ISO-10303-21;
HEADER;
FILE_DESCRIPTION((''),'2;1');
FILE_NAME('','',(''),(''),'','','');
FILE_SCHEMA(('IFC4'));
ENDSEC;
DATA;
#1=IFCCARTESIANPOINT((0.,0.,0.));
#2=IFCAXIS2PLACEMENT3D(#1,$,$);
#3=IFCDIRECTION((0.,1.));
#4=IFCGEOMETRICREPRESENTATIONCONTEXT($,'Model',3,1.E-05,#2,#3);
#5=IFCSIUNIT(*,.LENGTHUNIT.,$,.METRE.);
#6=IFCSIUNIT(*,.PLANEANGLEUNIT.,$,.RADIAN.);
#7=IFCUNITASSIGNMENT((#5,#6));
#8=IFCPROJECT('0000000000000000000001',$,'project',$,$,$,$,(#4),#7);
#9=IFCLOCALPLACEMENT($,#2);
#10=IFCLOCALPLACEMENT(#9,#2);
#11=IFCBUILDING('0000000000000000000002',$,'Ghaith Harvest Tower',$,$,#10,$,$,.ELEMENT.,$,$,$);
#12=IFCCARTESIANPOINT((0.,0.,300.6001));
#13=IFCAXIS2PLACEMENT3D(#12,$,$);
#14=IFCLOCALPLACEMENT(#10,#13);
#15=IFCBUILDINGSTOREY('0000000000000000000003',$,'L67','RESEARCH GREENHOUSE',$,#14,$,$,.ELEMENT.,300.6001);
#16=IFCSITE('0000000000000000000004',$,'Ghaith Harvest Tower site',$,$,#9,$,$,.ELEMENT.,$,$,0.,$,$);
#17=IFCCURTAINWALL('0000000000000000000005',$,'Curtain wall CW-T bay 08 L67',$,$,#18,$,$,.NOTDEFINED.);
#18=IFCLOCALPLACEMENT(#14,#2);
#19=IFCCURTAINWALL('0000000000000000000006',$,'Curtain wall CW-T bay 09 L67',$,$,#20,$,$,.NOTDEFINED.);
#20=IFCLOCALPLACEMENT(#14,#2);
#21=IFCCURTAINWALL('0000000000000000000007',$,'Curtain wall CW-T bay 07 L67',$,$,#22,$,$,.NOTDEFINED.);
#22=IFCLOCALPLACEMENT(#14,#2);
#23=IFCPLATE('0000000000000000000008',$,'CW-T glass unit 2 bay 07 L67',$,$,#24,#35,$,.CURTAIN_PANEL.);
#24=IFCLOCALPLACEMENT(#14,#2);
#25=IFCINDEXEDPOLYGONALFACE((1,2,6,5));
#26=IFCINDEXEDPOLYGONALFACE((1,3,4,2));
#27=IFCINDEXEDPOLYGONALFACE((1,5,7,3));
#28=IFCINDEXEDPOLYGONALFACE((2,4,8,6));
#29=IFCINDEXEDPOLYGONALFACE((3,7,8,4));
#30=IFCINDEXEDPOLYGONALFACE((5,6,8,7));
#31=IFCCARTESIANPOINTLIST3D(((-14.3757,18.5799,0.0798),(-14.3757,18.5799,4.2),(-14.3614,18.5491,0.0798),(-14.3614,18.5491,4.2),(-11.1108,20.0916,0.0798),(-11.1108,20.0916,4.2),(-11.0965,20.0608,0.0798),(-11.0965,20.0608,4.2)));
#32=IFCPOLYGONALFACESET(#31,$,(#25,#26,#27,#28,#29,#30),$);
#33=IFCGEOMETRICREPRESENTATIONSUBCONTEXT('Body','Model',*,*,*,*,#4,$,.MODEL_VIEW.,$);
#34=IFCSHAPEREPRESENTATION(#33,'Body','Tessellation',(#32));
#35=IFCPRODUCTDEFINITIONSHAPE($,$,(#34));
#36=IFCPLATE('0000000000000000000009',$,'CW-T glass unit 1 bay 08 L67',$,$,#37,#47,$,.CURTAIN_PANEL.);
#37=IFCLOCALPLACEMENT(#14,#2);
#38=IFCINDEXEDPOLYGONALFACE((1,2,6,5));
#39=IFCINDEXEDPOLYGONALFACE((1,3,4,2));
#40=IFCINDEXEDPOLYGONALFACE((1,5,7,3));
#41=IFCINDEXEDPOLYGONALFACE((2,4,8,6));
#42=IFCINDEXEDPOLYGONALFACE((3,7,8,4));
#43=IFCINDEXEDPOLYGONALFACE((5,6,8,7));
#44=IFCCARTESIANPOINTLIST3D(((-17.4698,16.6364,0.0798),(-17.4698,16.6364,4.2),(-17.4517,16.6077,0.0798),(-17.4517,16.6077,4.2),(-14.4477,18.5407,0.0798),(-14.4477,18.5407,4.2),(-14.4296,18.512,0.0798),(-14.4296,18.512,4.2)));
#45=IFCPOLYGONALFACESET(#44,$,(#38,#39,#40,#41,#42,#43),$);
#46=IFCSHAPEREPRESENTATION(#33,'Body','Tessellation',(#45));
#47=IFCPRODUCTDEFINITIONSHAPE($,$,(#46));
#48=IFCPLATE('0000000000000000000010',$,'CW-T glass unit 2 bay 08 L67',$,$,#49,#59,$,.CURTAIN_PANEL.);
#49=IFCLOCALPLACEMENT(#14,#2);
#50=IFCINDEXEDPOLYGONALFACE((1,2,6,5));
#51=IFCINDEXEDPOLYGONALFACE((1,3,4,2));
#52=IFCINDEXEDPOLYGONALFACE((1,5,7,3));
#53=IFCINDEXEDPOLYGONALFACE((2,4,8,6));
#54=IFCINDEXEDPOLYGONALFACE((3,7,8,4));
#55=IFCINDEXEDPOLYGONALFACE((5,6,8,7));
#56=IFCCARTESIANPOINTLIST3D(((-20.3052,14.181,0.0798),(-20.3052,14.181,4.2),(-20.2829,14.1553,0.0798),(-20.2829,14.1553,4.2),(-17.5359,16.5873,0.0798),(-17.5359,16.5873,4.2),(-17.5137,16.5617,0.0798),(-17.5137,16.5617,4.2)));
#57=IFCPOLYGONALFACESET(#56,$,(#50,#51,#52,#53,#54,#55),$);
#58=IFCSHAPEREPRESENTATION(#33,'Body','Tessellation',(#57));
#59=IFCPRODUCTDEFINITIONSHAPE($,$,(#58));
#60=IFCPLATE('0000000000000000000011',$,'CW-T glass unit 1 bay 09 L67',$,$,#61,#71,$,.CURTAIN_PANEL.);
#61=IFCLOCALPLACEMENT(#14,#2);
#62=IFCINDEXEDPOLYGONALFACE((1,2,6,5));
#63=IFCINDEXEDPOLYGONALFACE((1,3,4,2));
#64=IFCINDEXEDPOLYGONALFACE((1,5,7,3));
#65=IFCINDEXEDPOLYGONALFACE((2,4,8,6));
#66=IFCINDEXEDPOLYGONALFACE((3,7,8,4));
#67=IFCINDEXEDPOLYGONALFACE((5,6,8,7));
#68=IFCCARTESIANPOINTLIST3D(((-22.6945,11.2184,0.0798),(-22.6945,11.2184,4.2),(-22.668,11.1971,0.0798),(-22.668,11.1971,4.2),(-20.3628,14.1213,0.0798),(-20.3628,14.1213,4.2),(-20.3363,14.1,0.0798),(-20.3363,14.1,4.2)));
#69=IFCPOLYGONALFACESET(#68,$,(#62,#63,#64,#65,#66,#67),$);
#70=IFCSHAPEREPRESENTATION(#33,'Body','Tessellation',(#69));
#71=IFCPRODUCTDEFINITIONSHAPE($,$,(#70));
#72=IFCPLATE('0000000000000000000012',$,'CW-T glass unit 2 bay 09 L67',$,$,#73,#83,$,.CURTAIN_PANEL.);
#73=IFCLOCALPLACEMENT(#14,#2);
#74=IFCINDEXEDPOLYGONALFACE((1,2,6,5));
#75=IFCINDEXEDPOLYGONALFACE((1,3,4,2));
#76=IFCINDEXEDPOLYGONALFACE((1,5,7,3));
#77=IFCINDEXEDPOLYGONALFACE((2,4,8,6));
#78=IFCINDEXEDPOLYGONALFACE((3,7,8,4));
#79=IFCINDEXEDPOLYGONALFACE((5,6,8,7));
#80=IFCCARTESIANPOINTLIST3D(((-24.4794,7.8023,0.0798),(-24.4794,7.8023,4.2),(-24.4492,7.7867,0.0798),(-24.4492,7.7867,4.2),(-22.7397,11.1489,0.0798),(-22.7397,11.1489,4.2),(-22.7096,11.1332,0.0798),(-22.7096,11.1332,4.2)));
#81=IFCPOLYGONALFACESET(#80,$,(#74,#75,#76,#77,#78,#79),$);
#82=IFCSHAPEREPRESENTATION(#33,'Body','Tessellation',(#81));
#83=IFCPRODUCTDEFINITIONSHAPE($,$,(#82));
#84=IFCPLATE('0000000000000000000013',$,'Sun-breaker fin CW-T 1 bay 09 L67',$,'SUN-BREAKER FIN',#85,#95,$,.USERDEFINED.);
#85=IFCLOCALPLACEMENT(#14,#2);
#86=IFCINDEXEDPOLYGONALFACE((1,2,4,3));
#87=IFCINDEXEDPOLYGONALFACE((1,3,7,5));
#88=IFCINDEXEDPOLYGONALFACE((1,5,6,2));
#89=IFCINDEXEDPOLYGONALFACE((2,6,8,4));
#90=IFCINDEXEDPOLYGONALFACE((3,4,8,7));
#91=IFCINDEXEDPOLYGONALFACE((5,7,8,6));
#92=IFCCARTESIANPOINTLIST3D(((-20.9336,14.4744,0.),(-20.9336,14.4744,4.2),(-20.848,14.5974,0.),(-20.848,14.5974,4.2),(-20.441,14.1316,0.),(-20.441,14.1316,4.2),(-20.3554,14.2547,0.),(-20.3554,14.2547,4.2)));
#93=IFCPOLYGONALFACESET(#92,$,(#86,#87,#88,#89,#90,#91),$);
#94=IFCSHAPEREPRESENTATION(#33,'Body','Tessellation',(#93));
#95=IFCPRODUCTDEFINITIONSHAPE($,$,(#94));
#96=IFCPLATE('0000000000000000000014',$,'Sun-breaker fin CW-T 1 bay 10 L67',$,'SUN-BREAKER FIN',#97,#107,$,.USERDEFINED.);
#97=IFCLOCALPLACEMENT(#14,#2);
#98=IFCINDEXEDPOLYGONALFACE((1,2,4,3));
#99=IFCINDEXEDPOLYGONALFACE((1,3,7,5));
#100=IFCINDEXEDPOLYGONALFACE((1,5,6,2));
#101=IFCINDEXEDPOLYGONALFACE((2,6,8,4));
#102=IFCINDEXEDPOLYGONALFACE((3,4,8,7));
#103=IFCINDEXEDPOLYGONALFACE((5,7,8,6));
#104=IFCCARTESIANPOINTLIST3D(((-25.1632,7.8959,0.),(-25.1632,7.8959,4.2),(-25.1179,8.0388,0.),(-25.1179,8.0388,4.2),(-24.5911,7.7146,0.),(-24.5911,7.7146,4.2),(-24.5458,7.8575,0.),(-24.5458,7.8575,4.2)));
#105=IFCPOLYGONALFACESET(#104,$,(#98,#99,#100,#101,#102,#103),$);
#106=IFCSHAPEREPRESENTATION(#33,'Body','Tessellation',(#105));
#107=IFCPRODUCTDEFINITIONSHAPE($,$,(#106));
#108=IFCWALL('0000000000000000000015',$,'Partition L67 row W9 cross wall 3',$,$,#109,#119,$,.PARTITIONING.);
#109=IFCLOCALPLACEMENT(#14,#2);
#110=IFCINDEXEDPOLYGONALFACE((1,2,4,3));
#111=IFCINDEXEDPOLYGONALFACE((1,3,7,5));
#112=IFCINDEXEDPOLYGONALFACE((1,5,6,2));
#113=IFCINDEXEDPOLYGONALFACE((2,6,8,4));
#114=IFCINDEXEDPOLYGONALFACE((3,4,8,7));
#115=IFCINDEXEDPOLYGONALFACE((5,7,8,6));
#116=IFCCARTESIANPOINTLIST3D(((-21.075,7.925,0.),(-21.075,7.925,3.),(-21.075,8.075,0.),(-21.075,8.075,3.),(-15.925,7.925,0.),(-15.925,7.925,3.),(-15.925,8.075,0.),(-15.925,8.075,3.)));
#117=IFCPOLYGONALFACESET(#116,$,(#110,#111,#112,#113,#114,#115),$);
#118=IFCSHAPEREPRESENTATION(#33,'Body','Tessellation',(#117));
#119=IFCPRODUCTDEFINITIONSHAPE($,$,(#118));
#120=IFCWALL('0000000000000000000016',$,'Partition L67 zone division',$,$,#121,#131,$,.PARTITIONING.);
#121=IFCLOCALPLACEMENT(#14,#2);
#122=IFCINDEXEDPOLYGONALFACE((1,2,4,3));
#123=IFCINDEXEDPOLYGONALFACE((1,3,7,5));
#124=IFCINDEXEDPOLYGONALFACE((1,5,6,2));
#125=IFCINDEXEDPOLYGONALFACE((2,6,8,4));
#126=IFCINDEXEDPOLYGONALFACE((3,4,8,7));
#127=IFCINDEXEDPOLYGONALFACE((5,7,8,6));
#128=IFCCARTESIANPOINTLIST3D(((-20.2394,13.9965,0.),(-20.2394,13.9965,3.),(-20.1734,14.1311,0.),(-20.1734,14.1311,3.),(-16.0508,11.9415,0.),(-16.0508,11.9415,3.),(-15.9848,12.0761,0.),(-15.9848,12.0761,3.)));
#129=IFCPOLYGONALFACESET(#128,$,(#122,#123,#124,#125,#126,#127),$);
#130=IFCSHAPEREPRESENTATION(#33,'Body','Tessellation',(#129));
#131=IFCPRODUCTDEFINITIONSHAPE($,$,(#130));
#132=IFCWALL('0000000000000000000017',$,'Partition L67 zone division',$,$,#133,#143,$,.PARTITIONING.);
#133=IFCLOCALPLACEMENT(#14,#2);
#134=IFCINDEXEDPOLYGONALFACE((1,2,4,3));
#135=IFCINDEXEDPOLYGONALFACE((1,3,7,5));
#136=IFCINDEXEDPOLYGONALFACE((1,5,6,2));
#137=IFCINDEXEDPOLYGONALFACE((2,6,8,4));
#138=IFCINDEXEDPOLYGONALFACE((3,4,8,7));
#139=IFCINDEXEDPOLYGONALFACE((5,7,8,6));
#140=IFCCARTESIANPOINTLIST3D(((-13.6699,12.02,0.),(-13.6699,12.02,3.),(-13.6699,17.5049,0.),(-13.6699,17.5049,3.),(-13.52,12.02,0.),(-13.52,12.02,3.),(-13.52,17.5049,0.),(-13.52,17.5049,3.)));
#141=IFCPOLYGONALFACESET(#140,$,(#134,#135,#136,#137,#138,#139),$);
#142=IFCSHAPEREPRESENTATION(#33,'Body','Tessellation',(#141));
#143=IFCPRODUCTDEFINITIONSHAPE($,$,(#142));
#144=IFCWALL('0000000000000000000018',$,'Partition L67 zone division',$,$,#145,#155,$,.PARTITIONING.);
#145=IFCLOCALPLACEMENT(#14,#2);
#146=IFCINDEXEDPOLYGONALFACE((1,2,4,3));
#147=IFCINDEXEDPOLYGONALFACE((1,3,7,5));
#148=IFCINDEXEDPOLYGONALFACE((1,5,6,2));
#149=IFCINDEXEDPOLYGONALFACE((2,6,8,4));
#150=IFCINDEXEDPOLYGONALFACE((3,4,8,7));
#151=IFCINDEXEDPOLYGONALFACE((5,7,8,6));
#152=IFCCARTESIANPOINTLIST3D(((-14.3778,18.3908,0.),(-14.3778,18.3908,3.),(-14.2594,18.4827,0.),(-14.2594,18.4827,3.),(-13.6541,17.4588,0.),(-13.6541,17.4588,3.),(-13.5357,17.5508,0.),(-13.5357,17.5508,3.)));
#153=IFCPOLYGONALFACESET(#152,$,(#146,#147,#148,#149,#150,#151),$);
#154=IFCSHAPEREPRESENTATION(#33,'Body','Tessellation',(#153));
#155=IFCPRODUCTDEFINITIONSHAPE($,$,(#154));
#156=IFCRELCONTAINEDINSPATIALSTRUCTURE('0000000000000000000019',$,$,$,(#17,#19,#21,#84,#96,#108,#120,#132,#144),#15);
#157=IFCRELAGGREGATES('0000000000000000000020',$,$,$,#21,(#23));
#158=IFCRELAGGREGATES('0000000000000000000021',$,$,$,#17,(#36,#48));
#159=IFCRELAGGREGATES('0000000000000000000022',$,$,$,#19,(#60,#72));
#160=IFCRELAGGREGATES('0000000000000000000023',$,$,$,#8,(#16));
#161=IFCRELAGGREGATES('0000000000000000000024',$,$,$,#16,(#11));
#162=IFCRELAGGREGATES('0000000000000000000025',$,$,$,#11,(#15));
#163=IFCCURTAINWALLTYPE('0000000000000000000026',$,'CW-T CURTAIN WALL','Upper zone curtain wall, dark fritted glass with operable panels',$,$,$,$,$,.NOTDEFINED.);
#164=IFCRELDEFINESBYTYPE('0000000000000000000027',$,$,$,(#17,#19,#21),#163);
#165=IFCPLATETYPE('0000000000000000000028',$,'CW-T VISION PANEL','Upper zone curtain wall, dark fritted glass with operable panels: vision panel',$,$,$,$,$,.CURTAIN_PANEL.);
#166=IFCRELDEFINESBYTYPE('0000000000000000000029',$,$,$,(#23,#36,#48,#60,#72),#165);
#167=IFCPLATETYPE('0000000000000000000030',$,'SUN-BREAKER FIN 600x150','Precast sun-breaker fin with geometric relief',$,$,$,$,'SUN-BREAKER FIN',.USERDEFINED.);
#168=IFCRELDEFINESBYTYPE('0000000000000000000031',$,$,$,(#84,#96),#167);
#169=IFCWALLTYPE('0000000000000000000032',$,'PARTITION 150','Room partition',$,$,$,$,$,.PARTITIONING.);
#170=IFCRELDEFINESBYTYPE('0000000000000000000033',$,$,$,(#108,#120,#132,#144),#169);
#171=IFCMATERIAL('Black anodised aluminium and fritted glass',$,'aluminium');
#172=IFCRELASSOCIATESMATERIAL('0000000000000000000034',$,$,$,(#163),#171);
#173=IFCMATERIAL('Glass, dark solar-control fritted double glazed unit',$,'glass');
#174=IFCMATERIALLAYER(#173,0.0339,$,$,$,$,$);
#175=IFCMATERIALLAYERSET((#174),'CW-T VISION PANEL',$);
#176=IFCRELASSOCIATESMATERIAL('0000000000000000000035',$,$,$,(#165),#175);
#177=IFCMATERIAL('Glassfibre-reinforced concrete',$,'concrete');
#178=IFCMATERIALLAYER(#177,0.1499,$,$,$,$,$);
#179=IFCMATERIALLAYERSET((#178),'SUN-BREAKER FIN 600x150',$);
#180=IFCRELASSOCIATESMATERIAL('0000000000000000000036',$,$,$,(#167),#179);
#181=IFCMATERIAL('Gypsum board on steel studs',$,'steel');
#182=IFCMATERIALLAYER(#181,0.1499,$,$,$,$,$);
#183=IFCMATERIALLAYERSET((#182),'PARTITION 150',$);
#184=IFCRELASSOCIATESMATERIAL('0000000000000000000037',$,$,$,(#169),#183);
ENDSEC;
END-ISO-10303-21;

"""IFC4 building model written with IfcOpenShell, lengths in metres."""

from ifc_helpers import new_model, si_unit, direction, frame, frame_2d, origin, origin_2d, place, context, subcontext, project, spatial, rectangle, extrude, material, layer, layer_set, type_object, element, aggregate, save


model = new_model("IFC4")

# Units and contexts
model_context = context("Model", 3, precision=1e-05, world=origin(), true_north=direction((0.0, 1.0)))
body_context = subcontext(model_context, "Body", "Model", "MODEL_VIEW")
ifc_project = project(units=[si_unit("LENGTHUNIT", "METRE"), si_unit("PLANEANGLEUNIT", "RADIAN")], contexts=[model_context])

# Site, building, storey
site_placement = place(None, origin())
site = spatial("IfcSite", under=ifc_project, at=site_placement, Name="Ghaith Harvest Tower site", CompositionType="ELEMENT", RefElevation=0.0)
building_placement = place(site_placement, origin())
building = spatial("IfcBuilding", under=site, at=building_placement, Name="Ghaith Harvest Tower", CompositionType="ELEMENT")
storey_placement = place(building_placement, frame((0.0, 0.0, 300.6001)))
storey = spatial("IfcBuildingStorey", under=building, at=storey_placement, Name="L67", Description="RESEARCH GREENHOUSE", CompositionType="ELEMENT", Elevation=300.6001)

# Curtain walls
ifc_material_1 = material(Name="Black anodised aluminium and fritted glass", Category="aluminium")
curtain_wall_type = type_object("IfcCurtainWallType", Name="CW-T CURTAIN WALL", Description="Upper zone curtain wall, dark fritted glass with operable panels", PredefinedType="NOTDEFINED", material=ifc_material_1)
curtain_wall_1_placement = place(storey_placement, origin())
curtain_wall_1 = element("IfcCurtainWall", 1, at=curtain_wall_1_placement, inside=storey, type_object=curtain_wall_type, Name="Curtain wall CW-T bay 08 L67", PredefinedType="NOTDEFINED")
curtain_wall_2_placement = place(storey_placement, origin())
curtain_wall_2 = element("IfcCurtainWall", 2, at=curtain_wall_2_placement, inside=storey, type_object=curtain_wall_type, Name="Curtain wall CW-T bay 09 L67", PredefinedType="NOTDEFINED")

# Curtain wall, plate
curtain_wall_3_placement = place(storey_placement, origin())
curtain_wall_3 = element("IfcCurtainWall", 3, at=curtain_wall_3_placement, inside=storey, type_object=curtain_wall_type, Name="Curtain wall CW-T bay 07 L67", PredefinedType="NOTDEFINED")
ifc_material_2 = material(Name="Glass, dark solar-control fritted double glazed unit", Category="glass")
ifc_layer_1 = layer(ifc_material_2, 0.0339)
ifc_layer_set_1 = layer_set([ifc_layer_1], Name="CW-T VISION PANEL")
plate_type_1 = type_object("IfcPlateType", Name="CW-T VISION PANEL", Description="Upper zone curtain wall, dark fritted glass with operable panels: vision panel", PredefinedType="CURTAIN_PANEL", material=ifc_layer_set_1)
plate_1_placement = place(storey_placement, frame((-12.7361, 19.3203, 0.0798), z_axis=(0.0, 0.0, 1.0), x_axis=(-0.90745, -0.42016, 0.0)))
plate_1 = element("IfcPlate", 4, at=plate_1_placement, type_object=plate_type_1, Name="CW-T glass unit 2 bay 07 L67", PredefinedType="CURTAIN_PANEL", context=body_context, shape_type="SweptSolid", body=[
    extrude(rectangle(XDim=3.5979, YDim=0.0339, at=origin_2d()), origin(), (0.0, 0.0, 1.0), 4.1201),
])
aggregate(curtain_wall_3, [plate_1])

# Plates
plate_2_placement = place(storey_placement, frame((-15.9497, 17.5742, 0.0798), z_axis=(0.0, 0.0, 1.0), x_axis=(-0.846043, -0.533114, 0.0)))
plate_2 = element("IfcPlate", 5, at=plate_2_placement, type_object=plate_type_1, Name="CW-T glass unit 1 bay 08 L67", PredefinedType="CURTAIN_PANEL", context=body_context, shape_type="SweptSolid", body=[
    extrude(rectangle(XDim=3.572, YDim=0.0339, at=origin_2d()), origin(), (0.0, 0.0, 1.0), 4.1201),
])
plate_3_placement = place(storey_placement, frame((-18.9094, 15.3713, 0.0798), z_axis=(0.0, 0.0, 1.0), x_axis=(-0.754829, -0.655922, 0.0)))
plate_3 = element("IfcPlate", 6, at=plate_3_placement, type_object=plate_type_1, Name="CW-T glass unit 2 bay 08 L67", PredefinedType="CURTAIN_PANEL", context=body_context, shape_type="SweptSolid", body=[
    extrude(rectangle(XDim=3.6687, YDim=0.0339, at=origin_2d()), origin(), (0.0, 0.0, 1.0), 4.1201),
])
aggregate(curtain_wall_1, [plate_2, plate_3])
plate_4_placement = place(storey_placement, frame((-21.5154, 12.6592, 0.0798), z_axis=(0.0, 0.0, 1.0), x_axis=(-0.62623, -0.779639, 0.0)))
plate_4 = element("IfcPlate", 7, at=plate_4_placement, type_object=plate_type_1, Name="CW-T glass unit 1 bay 09 L67", PredefinedType="CURTAIN_PANEL", context=body_context, shape_type="SweptSolid", body=[
    extrude(rectangle(XDim=3.7234, YDim=0.0339, at=origin_2d()), origin(), (0.0, 0.0, 1.0), 4.1201),
])
plate_5_placement = place(storey_placement, frame((-23.5945, 9.4678, 0.0798), z_axis=(0.0, 0.0, 1.0), x_axis=(-0.46123, -0.887281, 0.0)))
plate_5 = element("IfcPlate", 8, at=plate_5_placement, type_object=plate_type_1, Name="CW-T glass unit 2 bay 09 L67", PredefinedType="CURTAIN_PANEL", context=body_context, shape_type="SweptSolid", body=[
    extrude(rectangle(XDim=3.7717, YDim=0.0339, at=origin_2d()), origin(), (0.0, 0.0, 1.0), 4.1201),
])
aggregate(curtain_wall_2, [plate_4, plate_5])

# Plates
ifc_material_3 = material(Name="Glassfibre-reinforced concrete", Category="concrete")
ifc_layer_2 = layer(ifc_material_3, 0.1499)
ifc_layer_set_2 = layer_set([ifc_layer_2], Name="SUN-BREAKER FIN 600x150")
plate_type_2 = type_object("IfcPlateType", Name="SUN-BREAKER FIN 600x150", Description="Precast sun-breaker fin with geometric relief", ElementType="SUN-BREAKER FIN", PredefinedType="USERDEFINED", material=ifc_layer_set_2)
for number, where, z_axis, x_axis, name in (
    (9, (-20.6445, 14.3645, 0.0), (0.0, 0.0, 1.0), (-0.820845, 0.57115, 0.0), "Sun-breaker fin CW-T 1 bay 09 L67"),
    (10, (-24.8545, 7.8767, 0.0), (0.0, 0.0, 1.0), (-0.953273, 0.30211, 0.0), "Sun-breaker fin CW-T 1 bay 10 L67"),
):
    element("IfcPlate", number, at=place(storey_placement, frame(where, z_axis=z_axis, x_axis=x_axis)), inside=storey, type_object=plate_type_2, Name=name, ObjectType="SUN-BREAKER FIN", PredefinedType="USERDEFINED", context=body_context, shape_type="SweptSolid", body=[
        extrude(rectangle(XDim=0.6001, YDim=0.1499, at=origin_2d()), origin(), (0.0, 0.0, 1.0), 4.2),
    ])

# Walls
ifc_material_4 = material(Name="Gypsum board on steel studs", Category="steel")
ifc_layer_3 = layer(ifc_material_4, 0.1499)
ifc_layer_set_3 = layer_set([ifc_layer_3], Name="PARTITION 150")
wall_type_1 = type_object("IfcWallType", Name="PARTITION 150", Description="Room partition", PredefinedType="PARTITIONING", material=ifc_layer_set_3)
wall_1_placement = place(storey_placement, frame((-15.925, 8.0, 0.0), z_axis=(0.0, 0.0, 1.0), x_axis=(-1.0, 0.0, 0.0)))
element("IfcWall", 11, at=wall_1_placement, inside=storey, type_object=wall_type_1, Name="Partition L67 row W9 cross wall 3", PredefinedType="PARTITIONING", context=body_context, shape_type="SweptSolid", body=[
    extrude(rectangle(XDim=5.1499, YDim=0.1499, at=frame_2d((2.575, 0.0))), origin(), (0.0, 0.0, 1.0), 3.0),
])
wall_2_placement = place(storey_placement, frame((-16.0178, 12.0088, 0.0), z_axis=(0.0, 0.0, 1.0), x_axis=(-0.897772, 0.440461, 0.0)))
element("IfcWall", 12, at=wall_2_placement, inside=storey, type_object=wall_type_1, Name="Partition L67 zone division", PredefinedType="PARTITIONING", context=body_context, shape_type="SweptSolid", body=[
    extrude(rectangle(XDim=4.6655, YDim=0.1499, at=frame_2d((2.3328, 0.0))), origin(), (0.0, 0.0, 1.0), 3.0),
])
wall_3_placement = place(storey_placement, frame((-13.595, 12.02, 0.0), z_axis=(0.0, 0.0, 1.0), x_axis=(0.0, 1.0, 0.0)))
element("IfcWall", 13, at=wall_3_placement, inside=storey, type_object=wall_type_1, Name="Partition L67 zone division", PredefinedType="PARTITIONING", context=body_context, shape_type="SweptSolid", body=[
    extrude(rectangle(XDim=5.4849, YDim=0.1499, at=frame_2d((2.7424, 0.0))), origin(), (0.0, 0.0, 1.0), 3.0),
])
wall_4_placement = place(storey_placement, frame((-13.595, 17.5049, 0.0), z_axis=(0.0, 0.0, 1.0), x_axis=(-0.613324, 0.789831, 0.0)))
element("IfcWall", 14, at=wall_4_placement, inside=storey, type_object=wall_type_1, Name="Partition L67 zone division", PredefinedType="PARTITIONING", context=body_context, shape_type="SweptSolid", body=[
    extrude(rectangle(XDim=1.1799, YDim=0.1499, at=frame_2d((0.5898, 0.0))), origin(), (0.0, 0.0, 1.0), 3.0),
])

save(model, "model.ifc")
